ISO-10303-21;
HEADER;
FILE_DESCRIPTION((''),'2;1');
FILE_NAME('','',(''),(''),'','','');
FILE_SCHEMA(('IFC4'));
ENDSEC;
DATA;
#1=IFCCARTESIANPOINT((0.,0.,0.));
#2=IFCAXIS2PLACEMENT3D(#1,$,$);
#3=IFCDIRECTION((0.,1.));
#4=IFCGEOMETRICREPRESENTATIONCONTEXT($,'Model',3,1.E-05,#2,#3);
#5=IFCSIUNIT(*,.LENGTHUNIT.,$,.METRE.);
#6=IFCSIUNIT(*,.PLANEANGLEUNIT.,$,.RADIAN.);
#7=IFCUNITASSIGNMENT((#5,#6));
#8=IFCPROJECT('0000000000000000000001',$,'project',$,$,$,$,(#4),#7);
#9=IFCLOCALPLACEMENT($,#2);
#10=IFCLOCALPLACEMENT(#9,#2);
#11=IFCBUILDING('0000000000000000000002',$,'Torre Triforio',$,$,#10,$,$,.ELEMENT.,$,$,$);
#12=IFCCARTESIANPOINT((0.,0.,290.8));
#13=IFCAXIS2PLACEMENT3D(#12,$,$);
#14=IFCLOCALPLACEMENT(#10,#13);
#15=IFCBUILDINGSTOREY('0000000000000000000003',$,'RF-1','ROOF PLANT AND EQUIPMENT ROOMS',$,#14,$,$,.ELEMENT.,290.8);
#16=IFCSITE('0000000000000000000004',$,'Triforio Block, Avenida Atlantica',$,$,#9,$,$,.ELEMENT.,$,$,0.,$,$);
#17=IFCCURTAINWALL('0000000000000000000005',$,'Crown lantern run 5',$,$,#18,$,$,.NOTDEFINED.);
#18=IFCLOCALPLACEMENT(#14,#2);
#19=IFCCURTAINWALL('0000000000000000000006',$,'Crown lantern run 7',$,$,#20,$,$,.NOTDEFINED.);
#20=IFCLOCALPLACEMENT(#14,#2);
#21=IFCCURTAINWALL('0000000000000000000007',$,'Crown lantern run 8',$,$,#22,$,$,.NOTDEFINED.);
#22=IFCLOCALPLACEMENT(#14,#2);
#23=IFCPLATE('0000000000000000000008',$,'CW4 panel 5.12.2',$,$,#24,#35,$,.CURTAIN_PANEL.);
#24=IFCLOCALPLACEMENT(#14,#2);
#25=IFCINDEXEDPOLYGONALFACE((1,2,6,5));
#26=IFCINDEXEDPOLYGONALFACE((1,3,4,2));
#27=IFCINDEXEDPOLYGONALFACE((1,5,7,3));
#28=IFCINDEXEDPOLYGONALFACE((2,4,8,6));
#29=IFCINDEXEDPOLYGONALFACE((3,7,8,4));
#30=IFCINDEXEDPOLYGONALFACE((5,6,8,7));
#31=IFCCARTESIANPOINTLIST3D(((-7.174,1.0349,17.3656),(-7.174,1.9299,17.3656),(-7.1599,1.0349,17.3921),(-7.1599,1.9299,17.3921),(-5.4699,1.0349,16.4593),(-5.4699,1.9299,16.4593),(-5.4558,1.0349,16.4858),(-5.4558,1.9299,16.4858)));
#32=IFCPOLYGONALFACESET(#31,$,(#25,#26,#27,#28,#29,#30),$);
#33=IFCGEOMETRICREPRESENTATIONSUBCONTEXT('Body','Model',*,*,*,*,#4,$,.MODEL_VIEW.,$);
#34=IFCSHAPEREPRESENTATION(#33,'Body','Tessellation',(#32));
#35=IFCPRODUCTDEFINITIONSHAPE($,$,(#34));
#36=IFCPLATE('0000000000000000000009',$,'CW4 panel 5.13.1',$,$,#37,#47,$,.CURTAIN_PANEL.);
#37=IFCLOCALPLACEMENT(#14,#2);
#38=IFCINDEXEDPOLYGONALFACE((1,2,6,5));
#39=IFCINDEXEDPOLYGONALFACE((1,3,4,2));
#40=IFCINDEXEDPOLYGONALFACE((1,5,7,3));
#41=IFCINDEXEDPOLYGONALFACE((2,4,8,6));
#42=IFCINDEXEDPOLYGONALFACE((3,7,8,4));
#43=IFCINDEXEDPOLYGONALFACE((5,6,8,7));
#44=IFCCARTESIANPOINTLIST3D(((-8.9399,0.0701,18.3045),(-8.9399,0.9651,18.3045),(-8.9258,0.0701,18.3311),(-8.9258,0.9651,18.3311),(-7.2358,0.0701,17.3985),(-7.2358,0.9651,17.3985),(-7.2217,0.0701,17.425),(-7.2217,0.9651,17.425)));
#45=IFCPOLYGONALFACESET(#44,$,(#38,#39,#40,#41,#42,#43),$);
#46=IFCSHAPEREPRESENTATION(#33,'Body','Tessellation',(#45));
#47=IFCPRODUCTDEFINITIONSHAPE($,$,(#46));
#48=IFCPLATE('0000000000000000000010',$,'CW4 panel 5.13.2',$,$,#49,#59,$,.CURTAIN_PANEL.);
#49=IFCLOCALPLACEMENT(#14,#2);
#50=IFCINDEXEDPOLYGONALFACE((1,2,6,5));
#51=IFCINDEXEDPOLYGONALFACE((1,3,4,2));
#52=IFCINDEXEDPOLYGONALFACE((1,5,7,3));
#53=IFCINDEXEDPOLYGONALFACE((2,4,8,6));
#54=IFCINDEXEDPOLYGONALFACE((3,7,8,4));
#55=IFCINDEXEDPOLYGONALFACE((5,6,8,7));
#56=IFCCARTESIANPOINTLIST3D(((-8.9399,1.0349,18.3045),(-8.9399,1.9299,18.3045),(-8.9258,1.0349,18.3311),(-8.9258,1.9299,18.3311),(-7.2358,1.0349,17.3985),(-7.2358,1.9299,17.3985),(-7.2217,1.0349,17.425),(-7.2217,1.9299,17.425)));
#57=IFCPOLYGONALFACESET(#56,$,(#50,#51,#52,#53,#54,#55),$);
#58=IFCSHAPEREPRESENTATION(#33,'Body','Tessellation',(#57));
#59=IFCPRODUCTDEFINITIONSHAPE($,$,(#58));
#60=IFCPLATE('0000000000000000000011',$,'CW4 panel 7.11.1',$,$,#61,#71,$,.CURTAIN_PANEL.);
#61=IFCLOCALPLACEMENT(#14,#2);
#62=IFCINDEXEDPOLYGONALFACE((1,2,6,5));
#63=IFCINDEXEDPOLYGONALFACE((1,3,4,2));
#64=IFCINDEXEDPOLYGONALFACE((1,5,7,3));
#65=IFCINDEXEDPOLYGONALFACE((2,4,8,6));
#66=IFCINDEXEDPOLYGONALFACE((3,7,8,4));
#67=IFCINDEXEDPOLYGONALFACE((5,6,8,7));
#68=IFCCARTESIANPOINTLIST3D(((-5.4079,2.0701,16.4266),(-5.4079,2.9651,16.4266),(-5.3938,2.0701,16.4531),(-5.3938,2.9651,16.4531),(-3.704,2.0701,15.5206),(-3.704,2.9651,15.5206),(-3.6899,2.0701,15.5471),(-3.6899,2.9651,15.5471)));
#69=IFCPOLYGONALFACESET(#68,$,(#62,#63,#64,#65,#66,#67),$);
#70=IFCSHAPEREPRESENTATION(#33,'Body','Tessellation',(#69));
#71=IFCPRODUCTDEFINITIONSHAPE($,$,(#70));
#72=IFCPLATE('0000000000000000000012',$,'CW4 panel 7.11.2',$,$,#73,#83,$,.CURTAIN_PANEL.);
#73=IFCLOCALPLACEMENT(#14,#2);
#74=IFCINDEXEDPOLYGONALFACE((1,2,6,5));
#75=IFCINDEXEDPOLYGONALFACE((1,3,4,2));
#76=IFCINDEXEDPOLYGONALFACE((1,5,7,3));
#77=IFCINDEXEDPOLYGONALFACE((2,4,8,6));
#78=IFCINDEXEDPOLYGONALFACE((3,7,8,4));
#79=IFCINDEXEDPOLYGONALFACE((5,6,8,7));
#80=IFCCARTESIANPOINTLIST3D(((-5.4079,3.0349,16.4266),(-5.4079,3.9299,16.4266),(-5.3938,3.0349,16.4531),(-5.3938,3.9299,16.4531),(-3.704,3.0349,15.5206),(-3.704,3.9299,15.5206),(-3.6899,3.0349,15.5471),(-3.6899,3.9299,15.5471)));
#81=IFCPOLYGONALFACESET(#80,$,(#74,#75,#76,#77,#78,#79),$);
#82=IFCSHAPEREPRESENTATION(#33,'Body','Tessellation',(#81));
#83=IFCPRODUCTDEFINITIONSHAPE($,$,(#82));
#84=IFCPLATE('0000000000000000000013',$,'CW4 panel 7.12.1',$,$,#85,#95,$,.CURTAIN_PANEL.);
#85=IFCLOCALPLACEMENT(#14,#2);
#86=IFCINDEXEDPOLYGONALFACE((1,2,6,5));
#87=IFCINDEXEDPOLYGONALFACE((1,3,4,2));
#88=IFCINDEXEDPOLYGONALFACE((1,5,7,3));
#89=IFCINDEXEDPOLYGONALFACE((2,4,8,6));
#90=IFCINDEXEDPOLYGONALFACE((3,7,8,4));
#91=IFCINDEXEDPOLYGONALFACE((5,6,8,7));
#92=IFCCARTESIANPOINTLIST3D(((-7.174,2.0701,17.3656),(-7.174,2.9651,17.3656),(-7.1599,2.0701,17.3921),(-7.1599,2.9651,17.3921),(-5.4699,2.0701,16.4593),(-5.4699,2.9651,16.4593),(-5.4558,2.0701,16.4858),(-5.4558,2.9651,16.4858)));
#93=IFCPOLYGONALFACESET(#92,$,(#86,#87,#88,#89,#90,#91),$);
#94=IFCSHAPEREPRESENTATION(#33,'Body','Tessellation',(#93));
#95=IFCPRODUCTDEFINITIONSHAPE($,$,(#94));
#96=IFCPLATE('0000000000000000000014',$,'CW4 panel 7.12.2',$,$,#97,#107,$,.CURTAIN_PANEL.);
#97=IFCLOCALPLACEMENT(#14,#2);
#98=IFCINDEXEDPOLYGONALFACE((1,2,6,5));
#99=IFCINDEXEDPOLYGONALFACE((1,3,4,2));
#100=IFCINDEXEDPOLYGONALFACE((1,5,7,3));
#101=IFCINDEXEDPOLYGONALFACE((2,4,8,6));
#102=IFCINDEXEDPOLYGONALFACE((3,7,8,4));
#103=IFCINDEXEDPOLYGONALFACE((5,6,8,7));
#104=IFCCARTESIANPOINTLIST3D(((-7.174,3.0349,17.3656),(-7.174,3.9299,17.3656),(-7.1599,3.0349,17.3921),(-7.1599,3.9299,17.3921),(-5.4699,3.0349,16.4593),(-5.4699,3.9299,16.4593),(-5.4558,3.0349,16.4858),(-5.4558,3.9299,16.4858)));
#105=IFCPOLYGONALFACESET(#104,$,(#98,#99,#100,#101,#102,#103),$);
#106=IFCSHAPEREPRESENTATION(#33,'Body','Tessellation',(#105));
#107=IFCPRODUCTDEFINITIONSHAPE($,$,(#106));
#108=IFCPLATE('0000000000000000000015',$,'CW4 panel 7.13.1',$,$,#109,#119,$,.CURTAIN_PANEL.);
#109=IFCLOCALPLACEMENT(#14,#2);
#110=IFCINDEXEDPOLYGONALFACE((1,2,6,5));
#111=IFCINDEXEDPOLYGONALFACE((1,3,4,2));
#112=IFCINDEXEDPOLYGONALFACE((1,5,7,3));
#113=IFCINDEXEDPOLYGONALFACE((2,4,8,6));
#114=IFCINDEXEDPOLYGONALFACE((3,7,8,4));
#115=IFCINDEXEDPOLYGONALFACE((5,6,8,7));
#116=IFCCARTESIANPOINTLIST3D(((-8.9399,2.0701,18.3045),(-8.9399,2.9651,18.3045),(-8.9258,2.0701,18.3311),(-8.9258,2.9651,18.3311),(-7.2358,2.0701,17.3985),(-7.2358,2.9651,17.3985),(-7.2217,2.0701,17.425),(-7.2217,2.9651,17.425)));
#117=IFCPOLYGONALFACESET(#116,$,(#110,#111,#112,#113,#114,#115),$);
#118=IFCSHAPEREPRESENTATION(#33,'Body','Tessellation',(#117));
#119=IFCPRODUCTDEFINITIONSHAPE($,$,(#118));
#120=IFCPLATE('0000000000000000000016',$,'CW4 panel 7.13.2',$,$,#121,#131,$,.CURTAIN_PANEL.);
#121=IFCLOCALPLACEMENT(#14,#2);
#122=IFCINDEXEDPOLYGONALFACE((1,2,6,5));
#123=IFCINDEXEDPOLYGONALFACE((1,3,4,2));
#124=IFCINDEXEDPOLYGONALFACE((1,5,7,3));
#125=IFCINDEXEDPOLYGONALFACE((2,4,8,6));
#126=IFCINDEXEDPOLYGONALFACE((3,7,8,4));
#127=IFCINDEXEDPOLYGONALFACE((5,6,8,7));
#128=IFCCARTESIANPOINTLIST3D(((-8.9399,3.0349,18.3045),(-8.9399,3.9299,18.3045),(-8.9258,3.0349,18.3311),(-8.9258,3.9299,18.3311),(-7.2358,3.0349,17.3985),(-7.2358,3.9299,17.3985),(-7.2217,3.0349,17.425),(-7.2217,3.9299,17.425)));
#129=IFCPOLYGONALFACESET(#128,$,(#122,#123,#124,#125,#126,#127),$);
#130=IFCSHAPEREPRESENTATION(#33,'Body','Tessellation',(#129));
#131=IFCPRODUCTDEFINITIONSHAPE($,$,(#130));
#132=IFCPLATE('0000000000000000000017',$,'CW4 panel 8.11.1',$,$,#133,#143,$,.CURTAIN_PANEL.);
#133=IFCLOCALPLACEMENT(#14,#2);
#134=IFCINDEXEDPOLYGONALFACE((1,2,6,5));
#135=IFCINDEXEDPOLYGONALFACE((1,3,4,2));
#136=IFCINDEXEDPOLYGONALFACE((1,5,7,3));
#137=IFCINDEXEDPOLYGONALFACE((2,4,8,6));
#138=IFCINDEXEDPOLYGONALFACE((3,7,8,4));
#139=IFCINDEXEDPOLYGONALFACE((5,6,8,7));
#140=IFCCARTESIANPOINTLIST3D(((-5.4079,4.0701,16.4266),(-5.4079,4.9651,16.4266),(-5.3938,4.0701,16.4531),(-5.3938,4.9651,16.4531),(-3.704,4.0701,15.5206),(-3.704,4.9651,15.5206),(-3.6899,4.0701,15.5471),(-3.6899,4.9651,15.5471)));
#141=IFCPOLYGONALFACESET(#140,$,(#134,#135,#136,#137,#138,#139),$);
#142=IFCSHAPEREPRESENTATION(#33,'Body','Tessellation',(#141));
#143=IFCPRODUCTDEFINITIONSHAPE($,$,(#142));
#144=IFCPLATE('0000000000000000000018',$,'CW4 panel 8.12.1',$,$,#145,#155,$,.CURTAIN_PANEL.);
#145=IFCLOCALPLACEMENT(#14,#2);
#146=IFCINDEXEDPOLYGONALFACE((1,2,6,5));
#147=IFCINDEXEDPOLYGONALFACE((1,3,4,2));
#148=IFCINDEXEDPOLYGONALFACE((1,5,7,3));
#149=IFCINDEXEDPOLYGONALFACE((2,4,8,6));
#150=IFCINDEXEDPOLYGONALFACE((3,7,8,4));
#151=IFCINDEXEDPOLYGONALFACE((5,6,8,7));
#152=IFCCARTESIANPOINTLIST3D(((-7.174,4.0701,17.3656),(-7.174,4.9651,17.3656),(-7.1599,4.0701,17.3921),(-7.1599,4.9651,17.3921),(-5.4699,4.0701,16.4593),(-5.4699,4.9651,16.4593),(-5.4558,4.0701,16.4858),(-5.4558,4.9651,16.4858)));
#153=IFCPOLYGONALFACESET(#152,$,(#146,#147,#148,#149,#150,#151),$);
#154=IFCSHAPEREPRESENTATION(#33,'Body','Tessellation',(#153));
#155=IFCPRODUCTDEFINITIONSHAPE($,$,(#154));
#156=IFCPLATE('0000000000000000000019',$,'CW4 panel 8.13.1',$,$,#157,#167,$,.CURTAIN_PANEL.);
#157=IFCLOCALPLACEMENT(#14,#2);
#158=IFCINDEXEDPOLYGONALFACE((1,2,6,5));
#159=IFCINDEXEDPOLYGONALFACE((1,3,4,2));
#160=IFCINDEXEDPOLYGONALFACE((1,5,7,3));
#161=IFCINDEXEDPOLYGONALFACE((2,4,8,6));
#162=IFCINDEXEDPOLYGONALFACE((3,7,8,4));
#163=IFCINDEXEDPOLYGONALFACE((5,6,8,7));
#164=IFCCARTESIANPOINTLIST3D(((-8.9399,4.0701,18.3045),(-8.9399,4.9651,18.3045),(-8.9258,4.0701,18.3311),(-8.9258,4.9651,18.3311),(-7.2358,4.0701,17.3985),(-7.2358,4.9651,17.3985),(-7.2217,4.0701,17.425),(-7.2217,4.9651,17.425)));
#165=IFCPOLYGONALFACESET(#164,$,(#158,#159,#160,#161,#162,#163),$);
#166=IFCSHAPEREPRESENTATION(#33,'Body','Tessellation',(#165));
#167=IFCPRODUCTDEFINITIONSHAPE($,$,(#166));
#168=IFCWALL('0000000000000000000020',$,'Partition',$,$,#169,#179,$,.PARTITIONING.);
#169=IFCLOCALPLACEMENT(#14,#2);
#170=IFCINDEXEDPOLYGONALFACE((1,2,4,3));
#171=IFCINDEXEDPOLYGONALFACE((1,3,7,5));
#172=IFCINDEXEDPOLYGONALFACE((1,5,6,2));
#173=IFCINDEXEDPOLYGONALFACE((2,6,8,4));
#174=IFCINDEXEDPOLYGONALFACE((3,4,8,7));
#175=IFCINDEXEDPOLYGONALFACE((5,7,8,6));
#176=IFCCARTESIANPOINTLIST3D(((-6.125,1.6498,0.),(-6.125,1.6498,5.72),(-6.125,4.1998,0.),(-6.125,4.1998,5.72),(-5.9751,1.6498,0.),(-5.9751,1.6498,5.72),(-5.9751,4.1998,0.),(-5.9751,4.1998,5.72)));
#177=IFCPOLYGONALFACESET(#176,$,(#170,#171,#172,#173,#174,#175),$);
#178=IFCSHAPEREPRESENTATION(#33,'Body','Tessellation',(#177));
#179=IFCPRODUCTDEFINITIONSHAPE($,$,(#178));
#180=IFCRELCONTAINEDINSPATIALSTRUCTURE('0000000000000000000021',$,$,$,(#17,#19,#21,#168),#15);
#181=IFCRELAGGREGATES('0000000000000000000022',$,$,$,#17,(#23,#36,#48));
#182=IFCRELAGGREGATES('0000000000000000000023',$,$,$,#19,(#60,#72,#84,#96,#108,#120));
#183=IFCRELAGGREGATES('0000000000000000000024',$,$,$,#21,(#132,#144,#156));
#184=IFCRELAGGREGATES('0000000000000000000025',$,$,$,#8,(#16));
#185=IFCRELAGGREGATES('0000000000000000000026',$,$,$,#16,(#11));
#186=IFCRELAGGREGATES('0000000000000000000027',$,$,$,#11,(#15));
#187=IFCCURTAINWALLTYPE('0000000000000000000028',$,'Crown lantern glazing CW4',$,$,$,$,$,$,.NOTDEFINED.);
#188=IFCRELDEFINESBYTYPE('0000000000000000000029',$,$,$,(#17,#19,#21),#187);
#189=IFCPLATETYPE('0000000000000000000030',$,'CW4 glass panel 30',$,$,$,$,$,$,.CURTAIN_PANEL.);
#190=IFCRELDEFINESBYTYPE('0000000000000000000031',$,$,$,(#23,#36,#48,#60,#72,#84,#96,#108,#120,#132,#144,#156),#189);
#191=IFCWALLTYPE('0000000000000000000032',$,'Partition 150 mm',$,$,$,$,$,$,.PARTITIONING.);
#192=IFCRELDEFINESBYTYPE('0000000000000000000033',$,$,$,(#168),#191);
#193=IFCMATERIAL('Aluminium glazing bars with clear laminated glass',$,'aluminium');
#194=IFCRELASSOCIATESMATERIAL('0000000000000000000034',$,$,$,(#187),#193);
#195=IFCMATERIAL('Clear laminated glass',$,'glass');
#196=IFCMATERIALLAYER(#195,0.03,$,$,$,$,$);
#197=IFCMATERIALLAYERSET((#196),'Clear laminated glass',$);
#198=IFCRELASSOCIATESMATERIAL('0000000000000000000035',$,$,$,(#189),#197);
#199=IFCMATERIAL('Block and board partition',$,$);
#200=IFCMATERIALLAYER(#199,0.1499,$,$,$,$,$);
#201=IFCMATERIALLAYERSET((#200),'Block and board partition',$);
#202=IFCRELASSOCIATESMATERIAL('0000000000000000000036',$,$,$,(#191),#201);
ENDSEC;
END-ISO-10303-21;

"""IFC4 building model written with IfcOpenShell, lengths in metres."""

from ifc_helpers import new_model, si_unit, direction, frame, frame_2d, origin, place, context, subcontext, project, spatial, polyline, rectangle, outline, extrude, material, layer, layer_set, type_object, element, aggregate, save


model = new_model("IFC4")

# Units and contexts
model_context = context("Model", 3, precision=1e-05, world=origin(), true_north=direction((0.0, 1.0)))
body_context = subcontext(model_context, "Body", "Model", "MODEL_VIEW")
ifc_project = project(units=[si_unit("LENGTHUNIT", "METRE"), si_unit("PLANEANGLEUNIT", "RADIAN")], contexts=[model_context])

# Site, building, storey
site_placement = place(None, origin())
site = spatial("IfcSite", under=ifc_project, at=site_placement, Name="Triforio Block, Avenida Atlantica", CompositionType="ELEMENT", RefElevation=0.0)
building_placement = place(site_placement, origin())
building = spatial("IfcBuilding", under=site, at=building_placement, Name="Torre Triforio", CompositionType="ELEMENT")
storey_placement = place(building_placement, frame((0.0, 0.0, 290.8)))
storey = spatial("IfcBuildingStorey", under=building, at=storey_placement, Name="RF-1", Description="ROOF PLANT AND EQUIPMENT ROOMS", CompositionType="ELEMENT", Elevation=290.8)

# Curtain walls
ifc_material_1 = material(Name="Aluminium glazing bars with clear laminated glass", Category="aluminium")
curtain_wall_type = type_object("IfcCurtainWallType", Name="Crown lantern glazing CW4", PredefinedType="NOTDEFINED", material=ifc_material_1)
curtain_wall_1_placement = place(storey_placement, origin())
curtain_wall_1 = element("IfcCurtainWall", 1, at=curtain_wall_1_placement, inside=storey, type_object=curtain_wall_type, Name="Crown lantern run 5", PredefinedType="NOTDEFINED")
curtain_wall_2_placement = place(storey_placement, origin())
curtain_wall_2 = element("IfcCurtainWall", 2, at=curtain_wall_2_placement, inside=storey, type_object=curtain_wall_type, Name="Crown lantern run 7", PredefinedType="NOTDEFINED")
curtain_wall_3_placement = place(storey_placement, origin())
curtain_wall_3 = element("IfcCurtainWall", 3, at=curtain_wall_3_placement, inside=storey, type_object=curtain_wall_type, Name="Crown lantern run 8", PredefinedType="NOTDEFINED")

# Plates
ifc_material_2 = material(Name="Clear laminated glass", Category="glass")
ifc_layer_1 = layer(ifc_material_2, 0.03)
ifc_layer_set_1 = layer_set([ifc_layer_1], Name="Clear laminated glass")
plate_type = type_object("IfcPlateType", Name="CW4 glass panel 30", PredefinedType="CURTAIN_PANEL", material=ifc_layer_set_1)
plate_1_placement = place(storey_placement, frame((-5.4558, 1.0349, 16.4858), z_axis=(0.469537, 0.0, 0.882913), x_axis=(0.0, 1.0, 0.0)))
plate_1 = element("IfcPlate", 4, at=plate_1_placement, type_object=plate_type, Name="CW4 panel 5.12.2", PredefinedType="CURTAIN_PANEL", context=body_context, shape_type="SweptSolid", body=[
    extrude(outline(polyline([(0.0, 0.0), (0.895, 0.0), (0.895, 1.9301), (0.0, 1.9301), (0.0, 0.0)])), origin(), (0.0, 0.0, -1.0), 0.03),
])
plate_2_placement = place(storey_placement, frame((-7.2217, 0.0701, 17.425), z_axis=(0.469439, 0.0, 0.882965), x_axis=(0.0, 1.0, 0.0)))
plate_2 = element("IfcPlate", 5, at=plate_2_placement, type_object=plate_type, Name="CW4 panel 5.13.1", PredefinedType="CURTAIN_PANEL", context=body_context, shape_type="SweptSolid", body=[
    extrude(outline(polyline([(0.0, 0.0), (0.895, 0.0), (0.895, 1.93), (0.0, 1.93), (0.0, 0.0)])), origin(), (0.0, 0.0, -1.0), 0.03),
])
plate_3_placement = place(storey_placement, frame((-7.2217, 1.0349, 17.425), z_axis=(0.469439, 0.0, 0.882965), x_axis=(0.0, 1.0, 0.0)))
plate_3 = element("IfcPlate", 6, at=plate_3_placement, type_object=plate_type, Name="CW4 panel 5.13.2", PredefinedType="CURTAIN_PANEL", context=body_context, shape_type="SweptSolid", body=[
    extrude(outline(polyline([(0.0, 0.0), (0.895, 0.0), (0.895, 1.93), (0.0, 1.93), (0.0, 0.0)])), origin(), (0.0, 0.0, -1.0), 0.03),
])
aggregate(curtain_wall_1, [plate_1, plate_2, plate_3])
plate_4_placement = place(storey_placement, frame((-3.6899, 2.0701, 15.5471), z_axis=(0.469491, 0.0, 0.882937), x_axis=(0.0, 1.0, 0.0)))
plate_4 = element("IfcPlate", 7, at=plate_4_placement, type_object=plate_type, Name="CW4 panel 7.11.1", PredefinedType="CURTAIN_PANEL", context=body_context, shape_type="SweptSolid", body=[
    extrude(outline(polyline([(0.0, 0.0), (0.895, 0.0), (0.895, 1.9298), (0.0, 1.9298), (0.0, 0.0)])), origin(), (0.0, 0.0, -1.0), 0.03),
])
plate_5_placement = place(storey_placement, frame((-3.6899, 3.0349, 15.5471), z_axis=(0.469491, 0.0, 0.882937), x_axis=(0.0, 1.0, 0.0)))
plate_5 = element("IfcPlate", 8, at=plate_5_placement, type_object=plate_type, Name="CW4 panel 7.11.2", PredefinedType="CURTAIN_PANEL", context=body_context, shape_type="SweptSolid", body=[
    extrude(outline(polyline([(0.0, 0.0), (0.895, 0.0), (0.895, 1.9298), (0.0, 1.9298), (0.0, 0.0)])), origin(), (0.0, 0.0, -1.0), 0.03),
])
plate_6_placement = place(storey_placement, frame((-5.4558, 2.0701, 16.4858), z_axis=(0.469537, 0.0, 0.882913), x_axis=(0.0, 1.0, 0.0)))
plate_6 = element("IfcPlate", 9, at=plate_6_placement, type_object=plate_type, Name="CW4 panel 7.12.1", PredefinedType="CURTAIN_PANEL", context=body_context, shape_type="SweptSolid", body=[
    extrude(outline(polyline([(0.0, 0.0), (0.895, 0.0), (0.895, 1.9301), (0.0, 1.9301), (0.0, 0.0)])), origin(), (0.0, 0.0, -1.0), 0.03),
])
plate_7_placement = place(storey_placement, frame((-5.4558, 3.0349, 16.4858), z_axis=(0.469537, 0.0, 0.882913), x_axis=(0.0, 1.0, 0.0)))
plate_7 = element("IfcPlate", 10, at=plate_7_placement, type_object=plate_type, Name="CW4 panel 7.12.2", PredefinedType="CURTAIN_PANEL", context=body_context, shape_type="SweptSolid", body=[
    extrude(outline(polyline([(0.0, 0.0), (0.895, 0.0), (0.895, 1.9301), (0.0, 1.9301), (0.0, 0.0)])), origin(), (0.0, 0.0, -1.0), 0.03),
])
plate_8_placement = place(storey_placement, frame((-7.2217, 2.0701, 17.425), z_axis=(0.469439, 0.0, 0.882965), x_axis=(0.0, 1.0, 0.0)))
plate_8 = element("IfcPlate", 11, at=plate_8_placement, type_object=plate_type, Name="CW4 panel 7.13.1", PredefinedType="CURTAIN_PANEL", context=body_context, shape_type="SweptSolid", body=[
    extrude(outline(polyline([(0.0, 0.0), (0.895, 0.0), (0.895, 1.93), (0.0, 1.93), (0.0, 0.0)])), origin(), (0.0, 0.0, -1.0), 0.03),
])
plate_9_placement = place(storey_placement, frame((-7.2217, 3.0349, 17.425), z_axis=(0.469439, 0.0, 0.882965), x_axis=(0.0, 1.0, 0.0)))
plate_9 = element("IfcPlate", 12, at=plate_9_placement, type_object=plate_type, Name="CW4 panel 7.13.2", PredefinedType="CURTAIN_PANEL", context=body_context, shape_type="SweptSolid", body=[
    extrude(outline(polyline([(0.0, 0.0), (0.895, 0.0), (0.895, 1.93), (0.0, 1.93), (0.0, 0.0)])), origin(), (0.0, 0.0, -1.0), 0.03),
])
aggregate(curtain_wall_2, [plate_4, plate_5, plate_6, plate_7, plate_8, plate_9])
plate_10_placement = place(storey_placement, frame((-3.6899, 4.0701, 15.5471), z_axis=(0.469491, 0.0, 0.882937), x_axis=(0.0, 1.0, 0.0)))
plate_10 = element("IfcPlate", 13, at=plate_10_placement, type_object=plate_type, Name="CW4 panel 8.11.1", PredefinedType="CURTAIN_PANEL", context=body_context, shape_type="SweptSolid", body=[
    extrude(outline(polyline([(0.0, 0.0), (0.895, 0.0), (0.895, 1.9298), (0.0, 1.9298), (0.0, 0.0)])), origin(), (0.0, 0.0, -1.0), 0.03),
])
plate_11_placement = place(storey_placement, frame((-5.4558, 4.0701, 16.4858), z_axis=(0.469537, 0.0, 0.882913), x_axis=(0.0, 1.0, 0.0)))
plate_11 = element("IfcPlate", 14, at=plate_11_placement, type_object=plate_type, Name="CW4 panel 8.12.1", PredefinedType="CURTAIN_PANEL", context=body_context, shape_type="SweptSolid", body=[
    extrude(outline(polyline([(0.0, 0.0), (0.895, 0.0), (0.895, 1.9301), (0.0, 1.9301), (0.0, 0.0)])), origin(), (0.0, 0.0, -1.0), 0.03),
])
plate_12_placement = place(storey_placement, frame((-7.2217, 4.0701, 17.425), z_axis=(0.469439, 0.0, 0.882965), x_axis=(0.0, 1.0, 0.0)))
plate_12 = element("IfcPlate", 15, at=plate_12_placement, type_object=plate_type, Name="CW4 panel 8.13.1", PredefinedType="CURTAIN_PANEL", context=body_context, shape_type="SweptSolid", body=[
    extrude(outline(polyline([(0.0, 0.0), (0.895, 0.0), (0.895, 1.93), (0.0, 1.93), (0.0, 0.0)])), origin(), (0.0, 0.0, -1.0), 0.03),
])
aggregate(curtain_wall_3, [plate_10, plate_11, plate_12])

# Wall
ifc_material_3 = material(Name="Block and board partition")
ifc_layer_2 = layer(ifc_material_3, 0.1499)
ifc_layer_set_2 = layer_set([ifc_layer_2], Name="Block and board partition")
wall_type = type_object("IfcWallType", Name="Partition 150 mm", PredefinedType="PARTITIONING", material=ifc_layer_set_2)
wall_placement = place(storey_placement, frame((-6.05, 1.6499, 0.0), z_axis=(0.0, 0.0, 1.0), x_axis=(0.0, 1.0, 0.0)))
element("IfcWall", 16, at=wall_placement, inside=storey, type_object=wall_type, Name="Partition", PredefinedType="PARTITIONING", context=body_context, shape_type="SweptSolid", body=[
    extrude(rectangle(XDim=2.55, YDim=0.1499, at=frame_2d((1.2749, 0.0))), origin(), (0.0, 0.0, 1.0), 5.72),
])

save(model, "model.ifc")
